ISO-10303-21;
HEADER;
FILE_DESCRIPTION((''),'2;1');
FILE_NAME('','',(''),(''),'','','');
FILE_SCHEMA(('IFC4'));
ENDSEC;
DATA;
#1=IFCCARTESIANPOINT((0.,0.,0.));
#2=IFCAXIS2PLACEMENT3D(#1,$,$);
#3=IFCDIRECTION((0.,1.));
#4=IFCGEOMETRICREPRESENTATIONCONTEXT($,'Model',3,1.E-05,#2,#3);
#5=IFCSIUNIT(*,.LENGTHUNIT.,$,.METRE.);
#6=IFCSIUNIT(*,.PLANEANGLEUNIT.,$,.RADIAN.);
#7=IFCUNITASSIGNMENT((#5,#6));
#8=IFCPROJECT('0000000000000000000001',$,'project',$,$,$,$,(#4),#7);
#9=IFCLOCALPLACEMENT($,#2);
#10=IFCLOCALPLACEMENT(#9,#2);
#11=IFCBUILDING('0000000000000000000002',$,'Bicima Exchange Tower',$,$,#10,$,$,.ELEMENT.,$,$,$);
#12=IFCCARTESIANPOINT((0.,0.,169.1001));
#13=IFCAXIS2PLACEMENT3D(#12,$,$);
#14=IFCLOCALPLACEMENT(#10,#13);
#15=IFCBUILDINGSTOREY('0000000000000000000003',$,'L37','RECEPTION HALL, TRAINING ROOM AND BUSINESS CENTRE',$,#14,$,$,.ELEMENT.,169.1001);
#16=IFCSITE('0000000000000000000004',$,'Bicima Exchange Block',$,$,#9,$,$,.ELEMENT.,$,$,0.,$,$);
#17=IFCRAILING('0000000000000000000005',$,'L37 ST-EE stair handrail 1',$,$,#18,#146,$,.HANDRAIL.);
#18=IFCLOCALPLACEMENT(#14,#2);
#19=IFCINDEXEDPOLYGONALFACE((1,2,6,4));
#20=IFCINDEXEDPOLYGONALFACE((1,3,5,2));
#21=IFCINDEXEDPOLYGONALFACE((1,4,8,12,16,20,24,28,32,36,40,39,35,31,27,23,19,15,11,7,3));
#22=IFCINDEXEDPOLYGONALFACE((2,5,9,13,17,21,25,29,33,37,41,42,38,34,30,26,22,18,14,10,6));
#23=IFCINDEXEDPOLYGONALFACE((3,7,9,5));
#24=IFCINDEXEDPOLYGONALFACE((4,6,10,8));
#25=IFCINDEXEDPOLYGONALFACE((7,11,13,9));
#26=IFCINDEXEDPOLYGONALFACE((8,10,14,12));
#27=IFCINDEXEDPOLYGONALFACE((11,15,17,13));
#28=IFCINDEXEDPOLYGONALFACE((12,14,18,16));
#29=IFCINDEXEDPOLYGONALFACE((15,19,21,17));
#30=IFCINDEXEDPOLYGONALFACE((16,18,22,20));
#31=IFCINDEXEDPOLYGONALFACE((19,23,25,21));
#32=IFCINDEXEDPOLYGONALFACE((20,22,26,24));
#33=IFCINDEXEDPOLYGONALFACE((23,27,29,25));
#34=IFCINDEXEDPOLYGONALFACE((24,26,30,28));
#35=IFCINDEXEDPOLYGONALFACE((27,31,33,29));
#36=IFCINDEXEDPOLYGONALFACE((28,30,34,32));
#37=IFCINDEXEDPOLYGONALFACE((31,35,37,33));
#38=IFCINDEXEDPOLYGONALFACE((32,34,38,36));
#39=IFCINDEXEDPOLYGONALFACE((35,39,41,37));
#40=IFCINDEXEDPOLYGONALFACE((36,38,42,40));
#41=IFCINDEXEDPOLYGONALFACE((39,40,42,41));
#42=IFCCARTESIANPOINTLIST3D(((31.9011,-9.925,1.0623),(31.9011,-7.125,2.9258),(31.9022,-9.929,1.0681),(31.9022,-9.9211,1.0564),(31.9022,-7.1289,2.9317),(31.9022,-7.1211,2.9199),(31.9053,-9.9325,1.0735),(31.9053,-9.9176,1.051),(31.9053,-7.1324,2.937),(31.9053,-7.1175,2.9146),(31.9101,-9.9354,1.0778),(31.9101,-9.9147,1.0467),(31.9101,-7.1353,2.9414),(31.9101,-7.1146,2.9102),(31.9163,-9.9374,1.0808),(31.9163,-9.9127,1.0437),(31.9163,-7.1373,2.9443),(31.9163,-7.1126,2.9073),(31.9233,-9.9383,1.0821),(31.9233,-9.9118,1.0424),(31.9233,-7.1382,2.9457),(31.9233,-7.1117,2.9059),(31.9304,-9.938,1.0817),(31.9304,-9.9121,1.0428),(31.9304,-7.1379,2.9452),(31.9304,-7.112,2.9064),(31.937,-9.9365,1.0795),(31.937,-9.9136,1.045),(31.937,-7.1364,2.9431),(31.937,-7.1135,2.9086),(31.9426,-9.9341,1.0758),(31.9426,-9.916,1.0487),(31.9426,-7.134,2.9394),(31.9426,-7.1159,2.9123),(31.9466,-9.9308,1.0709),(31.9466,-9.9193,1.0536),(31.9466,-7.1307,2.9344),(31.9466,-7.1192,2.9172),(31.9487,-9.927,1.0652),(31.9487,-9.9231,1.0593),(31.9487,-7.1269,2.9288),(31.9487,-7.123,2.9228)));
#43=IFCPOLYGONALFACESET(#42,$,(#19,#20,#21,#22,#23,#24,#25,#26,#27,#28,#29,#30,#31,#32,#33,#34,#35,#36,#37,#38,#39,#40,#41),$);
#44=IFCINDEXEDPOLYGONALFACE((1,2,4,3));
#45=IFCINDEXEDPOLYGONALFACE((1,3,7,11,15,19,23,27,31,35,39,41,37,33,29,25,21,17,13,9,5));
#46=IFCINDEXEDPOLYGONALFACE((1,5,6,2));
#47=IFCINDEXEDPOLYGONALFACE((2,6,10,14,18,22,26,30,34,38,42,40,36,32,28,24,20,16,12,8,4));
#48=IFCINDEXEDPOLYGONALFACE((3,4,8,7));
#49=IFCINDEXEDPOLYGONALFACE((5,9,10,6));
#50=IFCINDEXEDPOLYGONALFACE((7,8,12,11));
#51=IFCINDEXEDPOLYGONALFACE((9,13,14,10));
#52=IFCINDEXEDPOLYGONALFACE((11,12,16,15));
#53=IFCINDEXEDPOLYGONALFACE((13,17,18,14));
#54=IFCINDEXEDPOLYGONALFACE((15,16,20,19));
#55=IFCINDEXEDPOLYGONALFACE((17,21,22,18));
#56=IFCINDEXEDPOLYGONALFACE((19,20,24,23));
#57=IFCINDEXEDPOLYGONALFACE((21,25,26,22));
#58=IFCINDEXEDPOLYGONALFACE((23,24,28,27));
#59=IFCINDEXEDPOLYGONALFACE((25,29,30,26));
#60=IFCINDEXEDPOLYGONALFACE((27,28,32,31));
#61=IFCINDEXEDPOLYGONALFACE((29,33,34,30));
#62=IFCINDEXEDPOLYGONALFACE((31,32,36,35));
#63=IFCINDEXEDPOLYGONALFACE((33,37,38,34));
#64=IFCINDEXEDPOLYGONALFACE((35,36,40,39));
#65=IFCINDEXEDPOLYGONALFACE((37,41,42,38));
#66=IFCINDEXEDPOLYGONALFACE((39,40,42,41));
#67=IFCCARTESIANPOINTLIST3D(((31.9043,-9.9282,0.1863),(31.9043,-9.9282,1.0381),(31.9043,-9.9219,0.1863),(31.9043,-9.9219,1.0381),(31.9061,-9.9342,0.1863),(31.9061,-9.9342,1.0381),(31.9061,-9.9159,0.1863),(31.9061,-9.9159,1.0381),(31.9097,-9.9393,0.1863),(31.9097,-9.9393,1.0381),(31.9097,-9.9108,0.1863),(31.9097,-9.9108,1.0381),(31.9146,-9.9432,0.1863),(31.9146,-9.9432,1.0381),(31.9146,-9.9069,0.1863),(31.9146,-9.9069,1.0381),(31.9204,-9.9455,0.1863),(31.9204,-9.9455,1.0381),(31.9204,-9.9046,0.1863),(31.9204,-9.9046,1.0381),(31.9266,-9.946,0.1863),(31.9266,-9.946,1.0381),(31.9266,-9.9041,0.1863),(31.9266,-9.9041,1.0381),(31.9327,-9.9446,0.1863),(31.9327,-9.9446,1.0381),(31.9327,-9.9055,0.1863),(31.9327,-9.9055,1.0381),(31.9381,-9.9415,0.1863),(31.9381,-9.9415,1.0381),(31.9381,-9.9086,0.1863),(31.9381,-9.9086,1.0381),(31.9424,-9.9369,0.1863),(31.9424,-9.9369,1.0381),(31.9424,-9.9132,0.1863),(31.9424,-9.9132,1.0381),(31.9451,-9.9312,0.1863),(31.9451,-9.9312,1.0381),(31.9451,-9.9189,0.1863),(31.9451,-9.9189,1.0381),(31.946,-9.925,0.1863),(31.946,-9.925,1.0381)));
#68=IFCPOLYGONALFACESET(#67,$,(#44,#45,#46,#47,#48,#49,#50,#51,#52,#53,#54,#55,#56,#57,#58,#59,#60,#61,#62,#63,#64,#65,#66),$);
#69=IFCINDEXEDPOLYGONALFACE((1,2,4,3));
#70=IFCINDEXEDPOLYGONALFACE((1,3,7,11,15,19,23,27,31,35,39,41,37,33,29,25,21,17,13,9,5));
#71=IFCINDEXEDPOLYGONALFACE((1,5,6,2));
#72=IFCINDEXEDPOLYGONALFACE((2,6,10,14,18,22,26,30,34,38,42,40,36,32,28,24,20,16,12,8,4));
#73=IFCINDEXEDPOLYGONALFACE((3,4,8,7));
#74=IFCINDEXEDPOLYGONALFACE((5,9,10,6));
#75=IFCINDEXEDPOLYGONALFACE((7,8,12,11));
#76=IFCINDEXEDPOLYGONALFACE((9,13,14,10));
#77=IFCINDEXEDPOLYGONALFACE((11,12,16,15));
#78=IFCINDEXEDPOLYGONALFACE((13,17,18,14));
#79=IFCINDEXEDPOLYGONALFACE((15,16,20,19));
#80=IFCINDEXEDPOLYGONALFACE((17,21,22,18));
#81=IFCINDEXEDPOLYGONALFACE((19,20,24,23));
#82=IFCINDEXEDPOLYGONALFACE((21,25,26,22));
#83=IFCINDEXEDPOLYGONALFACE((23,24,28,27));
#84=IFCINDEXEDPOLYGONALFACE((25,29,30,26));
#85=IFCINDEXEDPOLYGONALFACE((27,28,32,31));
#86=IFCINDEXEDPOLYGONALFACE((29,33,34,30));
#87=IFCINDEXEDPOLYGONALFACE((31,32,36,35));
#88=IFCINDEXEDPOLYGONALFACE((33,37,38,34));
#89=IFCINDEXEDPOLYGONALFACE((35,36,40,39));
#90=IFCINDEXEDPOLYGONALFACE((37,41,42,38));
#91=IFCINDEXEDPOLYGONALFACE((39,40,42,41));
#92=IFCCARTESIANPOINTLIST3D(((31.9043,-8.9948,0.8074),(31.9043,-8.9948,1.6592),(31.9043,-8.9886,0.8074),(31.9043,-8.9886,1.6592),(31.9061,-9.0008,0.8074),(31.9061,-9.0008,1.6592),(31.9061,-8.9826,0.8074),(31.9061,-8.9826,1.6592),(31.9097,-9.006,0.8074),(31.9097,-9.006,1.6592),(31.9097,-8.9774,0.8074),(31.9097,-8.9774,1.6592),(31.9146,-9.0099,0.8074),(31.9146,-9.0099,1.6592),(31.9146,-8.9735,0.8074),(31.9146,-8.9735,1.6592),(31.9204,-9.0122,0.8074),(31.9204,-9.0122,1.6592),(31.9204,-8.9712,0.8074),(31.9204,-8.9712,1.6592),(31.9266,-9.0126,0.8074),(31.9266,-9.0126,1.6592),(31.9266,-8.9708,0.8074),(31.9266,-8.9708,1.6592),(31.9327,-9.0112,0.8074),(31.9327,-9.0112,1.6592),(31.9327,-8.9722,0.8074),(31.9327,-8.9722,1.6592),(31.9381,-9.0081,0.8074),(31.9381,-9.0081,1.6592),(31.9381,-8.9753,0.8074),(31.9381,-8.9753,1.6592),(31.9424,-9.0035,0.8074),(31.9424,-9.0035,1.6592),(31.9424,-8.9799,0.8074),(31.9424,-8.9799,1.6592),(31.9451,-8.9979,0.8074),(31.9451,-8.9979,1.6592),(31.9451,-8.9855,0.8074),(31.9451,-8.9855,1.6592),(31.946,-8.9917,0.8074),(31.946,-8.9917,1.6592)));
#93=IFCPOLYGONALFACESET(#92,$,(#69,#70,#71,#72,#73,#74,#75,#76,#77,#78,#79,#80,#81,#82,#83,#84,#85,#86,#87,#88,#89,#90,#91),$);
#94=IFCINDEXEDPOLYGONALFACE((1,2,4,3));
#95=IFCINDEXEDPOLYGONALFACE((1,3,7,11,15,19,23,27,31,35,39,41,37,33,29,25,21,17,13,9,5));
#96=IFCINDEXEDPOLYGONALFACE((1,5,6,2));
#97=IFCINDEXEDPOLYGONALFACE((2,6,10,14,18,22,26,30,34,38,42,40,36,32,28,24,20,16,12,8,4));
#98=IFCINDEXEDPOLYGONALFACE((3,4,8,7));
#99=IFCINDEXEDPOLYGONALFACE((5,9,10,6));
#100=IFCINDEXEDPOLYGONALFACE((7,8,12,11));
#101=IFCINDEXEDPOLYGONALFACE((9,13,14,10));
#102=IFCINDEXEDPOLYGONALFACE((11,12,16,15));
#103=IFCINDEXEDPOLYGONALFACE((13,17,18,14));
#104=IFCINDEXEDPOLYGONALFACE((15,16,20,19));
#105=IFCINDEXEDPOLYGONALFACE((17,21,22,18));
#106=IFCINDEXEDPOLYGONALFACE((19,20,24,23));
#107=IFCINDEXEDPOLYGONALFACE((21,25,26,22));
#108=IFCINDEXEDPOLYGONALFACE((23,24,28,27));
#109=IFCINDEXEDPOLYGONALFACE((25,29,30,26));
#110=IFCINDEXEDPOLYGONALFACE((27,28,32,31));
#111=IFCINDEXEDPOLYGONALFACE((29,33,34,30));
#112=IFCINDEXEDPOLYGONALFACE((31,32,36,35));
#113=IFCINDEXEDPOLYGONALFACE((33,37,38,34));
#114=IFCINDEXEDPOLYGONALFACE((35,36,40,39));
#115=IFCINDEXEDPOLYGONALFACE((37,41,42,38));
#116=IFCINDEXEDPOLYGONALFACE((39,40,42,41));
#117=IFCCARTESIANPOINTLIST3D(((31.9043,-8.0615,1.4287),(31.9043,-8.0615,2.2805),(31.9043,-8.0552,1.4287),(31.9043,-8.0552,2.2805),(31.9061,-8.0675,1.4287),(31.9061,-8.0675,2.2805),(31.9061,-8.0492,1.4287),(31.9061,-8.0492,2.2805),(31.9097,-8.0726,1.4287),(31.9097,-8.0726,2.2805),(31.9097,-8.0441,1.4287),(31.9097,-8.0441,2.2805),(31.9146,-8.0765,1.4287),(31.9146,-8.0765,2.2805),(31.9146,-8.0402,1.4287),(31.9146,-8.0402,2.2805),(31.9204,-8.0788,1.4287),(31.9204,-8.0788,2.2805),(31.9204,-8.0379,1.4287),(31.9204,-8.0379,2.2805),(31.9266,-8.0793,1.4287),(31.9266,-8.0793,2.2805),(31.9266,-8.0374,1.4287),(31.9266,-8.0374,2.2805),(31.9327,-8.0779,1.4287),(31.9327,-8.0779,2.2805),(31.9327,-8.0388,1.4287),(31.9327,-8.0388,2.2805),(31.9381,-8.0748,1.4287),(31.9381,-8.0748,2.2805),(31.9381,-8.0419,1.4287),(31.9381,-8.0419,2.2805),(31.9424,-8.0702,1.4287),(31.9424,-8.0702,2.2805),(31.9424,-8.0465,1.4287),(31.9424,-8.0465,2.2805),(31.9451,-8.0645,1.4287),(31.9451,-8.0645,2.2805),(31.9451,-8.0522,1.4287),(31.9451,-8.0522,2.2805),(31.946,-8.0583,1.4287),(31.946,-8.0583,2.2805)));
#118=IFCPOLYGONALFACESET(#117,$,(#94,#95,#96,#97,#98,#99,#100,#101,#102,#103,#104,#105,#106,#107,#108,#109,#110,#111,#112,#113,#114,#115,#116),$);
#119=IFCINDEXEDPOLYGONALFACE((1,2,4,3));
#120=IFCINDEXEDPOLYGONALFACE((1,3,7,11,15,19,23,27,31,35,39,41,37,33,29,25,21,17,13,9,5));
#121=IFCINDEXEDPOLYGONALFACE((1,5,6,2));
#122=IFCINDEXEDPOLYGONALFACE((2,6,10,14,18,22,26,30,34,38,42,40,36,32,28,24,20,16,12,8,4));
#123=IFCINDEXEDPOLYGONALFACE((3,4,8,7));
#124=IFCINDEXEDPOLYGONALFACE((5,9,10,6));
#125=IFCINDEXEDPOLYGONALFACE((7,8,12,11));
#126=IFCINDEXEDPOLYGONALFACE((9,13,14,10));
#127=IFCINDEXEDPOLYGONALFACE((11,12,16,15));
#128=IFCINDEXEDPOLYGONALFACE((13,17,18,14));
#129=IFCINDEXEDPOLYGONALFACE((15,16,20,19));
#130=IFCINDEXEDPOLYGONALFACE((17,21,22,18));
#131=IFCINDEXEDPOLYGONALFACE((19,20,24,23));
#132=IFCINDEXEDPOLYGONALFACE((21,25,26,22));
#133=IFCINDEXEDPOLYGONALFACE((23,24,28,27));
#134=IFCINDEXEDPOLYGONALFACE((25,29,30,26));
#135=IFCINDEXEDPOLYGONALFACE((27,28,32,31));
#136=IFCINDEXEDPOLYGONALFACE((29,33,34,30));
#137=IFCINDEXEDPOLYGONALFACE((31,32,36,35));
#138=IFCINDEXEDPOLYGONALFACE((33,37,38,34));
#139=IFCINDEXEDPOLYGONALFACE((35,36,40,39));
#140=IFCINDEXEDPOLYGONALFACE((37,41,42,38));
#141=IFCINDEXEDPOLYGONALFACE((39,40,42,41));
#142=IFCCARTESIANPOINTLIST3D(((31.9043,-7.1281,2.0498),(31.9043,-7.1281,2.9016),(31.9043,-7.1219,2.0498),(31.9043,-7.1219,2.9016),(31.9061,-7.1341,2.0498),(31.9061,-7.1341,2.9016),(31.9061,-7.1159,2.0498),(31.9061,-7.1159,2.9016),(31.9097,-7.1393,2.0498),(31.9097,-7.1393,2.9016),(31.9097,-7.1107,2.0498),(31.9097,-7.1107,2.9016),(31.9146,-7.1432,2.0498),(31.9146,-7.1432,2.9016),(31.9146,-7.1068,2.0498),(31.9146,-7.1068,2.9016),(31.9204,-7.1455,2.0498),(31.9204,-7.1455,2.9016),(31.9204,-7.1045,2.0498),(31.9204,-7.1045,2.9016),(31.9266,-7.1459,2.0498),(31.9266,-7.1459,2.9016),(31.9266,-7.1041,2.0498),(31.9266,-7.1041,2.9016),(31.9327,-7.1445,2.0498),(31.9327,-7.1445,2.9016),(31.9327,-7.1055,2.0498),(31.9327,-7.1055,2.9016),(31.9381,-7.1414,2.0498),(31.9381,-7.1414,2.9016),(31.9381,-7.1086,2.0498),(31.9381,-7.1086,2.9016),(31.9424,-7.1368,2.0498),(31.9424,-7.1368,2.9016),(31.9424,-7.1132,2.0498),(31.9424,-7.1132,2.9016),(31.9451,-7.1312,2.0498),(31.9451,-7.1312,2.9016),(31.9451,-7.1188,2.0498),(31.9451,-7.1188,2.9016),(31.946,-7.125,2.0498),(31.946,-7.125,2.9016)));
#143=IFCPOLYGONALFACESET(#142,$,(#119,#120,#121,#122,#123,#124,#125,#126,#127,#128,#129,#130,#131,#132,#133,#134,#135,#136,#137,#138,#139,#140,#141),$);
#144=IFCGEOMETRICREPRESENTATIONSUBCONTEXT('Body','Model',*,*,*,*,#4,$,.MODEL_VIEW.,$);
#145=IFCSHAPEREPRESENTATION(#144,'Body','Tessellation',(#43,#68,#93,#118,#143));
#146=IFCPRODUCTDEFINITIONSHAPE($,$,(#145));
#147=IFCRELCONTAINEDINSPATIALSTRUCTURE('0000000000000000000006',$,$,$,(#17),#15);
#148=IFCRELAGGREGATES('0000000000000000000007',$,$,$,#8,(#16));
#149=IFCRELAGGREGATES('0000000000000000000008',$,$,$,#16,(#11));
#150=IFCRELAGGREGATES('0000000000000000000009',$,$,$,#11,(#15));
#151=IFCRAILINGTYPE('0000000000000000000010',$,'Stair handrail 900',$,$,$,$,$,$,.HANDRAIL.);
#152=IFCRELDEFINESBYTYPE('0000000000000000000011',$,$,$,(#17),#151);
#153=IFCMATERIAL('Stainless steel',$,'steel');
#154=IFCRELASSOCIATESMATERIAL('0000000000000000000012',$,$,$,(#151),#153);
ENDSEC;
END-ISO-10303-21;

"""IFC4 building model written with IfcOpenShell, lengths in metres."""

from ifc_helpers import new_model, si_unit, direction, frame, origin, origin_2d, place, context, subcontext, project, spatial, circle, extrude, material, type_object, element, save


model = new_model("IFC4")

# Units and contexts
model_context = context("Model", 3, precision=1e-05, world=origin(), true_north=direction((0.0, 1.0)))
body_context = subcontext(model_context, "Body", "Model", "MODEL_VIEW")
ifc_project = project(units=[si_unit("LENGTHUNIT", "METRE"), si_unit("PLANEANGLEUNIT", "RADIAN")], contexts=[model_context])

# Site, building, storey
site_placement = place(None, origin())
site = spatial("IfcSite", under=ifc_project, at=site_placement, Name="Bicima Exchange Block", CompositionType="ELEMENT", RefElevation=0.0)
building_placement = place(site_placement, origin())
building = spatial("IfcBuilding", under=site, at=building_placement, Name="Bicima Exchange Tower", CompositionType="ELEMENT")
storey_placement = place(building_placement, frame((0.0, 0.0, 169.1001)))
storey = spatial("IfcBuildingStorey", under=building, at=storey_placement, Name="L37", Description="RECEPTION HALL, TRAINING ROOM AND BUSINESS CENTRE", CompositionType="ELEMENT", Elevation=169.1001)

# Railing
ifc_material_1 = material(Name="Stainless steel", Category="steel")
railing_type = type_object("IfcRailingType", Name="Stair handrail 900", PredefinedType="HANDRAIL", material=ifc_material_1)
railing_placement = place(storey_placement, frame((31.925, -9.925, 0.1863)))
element("IfcRailing", 1, at=railing_placement, inside=storey, type_object=railing_type, Name="L37 ST-EE stair handrail 1", PredefinedType="HANDRAIL", context=body_context, shape_type="SweptSolid", body=[
    extrude(circle(Radius=0.0239, at=origin_2d()), frame((0.0, 0.0, 0.876), z_axis=(0.0, 0.832486, 0.554047), x_axis=(-1.0, 0.0, 0.0)), (0.0, 0.0, 1.0), 3.3635),
    extrude(circle(Radius=0.021, at=origin_2d()), origin(), (0.0, 0.0, 1.0), 0.8518),
    extrude(circle(Radius=0.021, at=origin_2d()), frame((0.0, 0.9333, 0.6211)), (0.0, 0.0, 1.0), 0.8518),
    extrude(circle(Radius=0.021, at=origin_2d()), frame((0.0, 1.8667, 1.2424)), (0.0, 0.0, 1.0), 0.8518),
    extrude(circle(Radius=0.021, at=origin_2d()), frame((0.0, 2.8, 1.8635)), (0.0, 0.0, 1.0), 0.8518),
])

save(model, "model.ifc")
